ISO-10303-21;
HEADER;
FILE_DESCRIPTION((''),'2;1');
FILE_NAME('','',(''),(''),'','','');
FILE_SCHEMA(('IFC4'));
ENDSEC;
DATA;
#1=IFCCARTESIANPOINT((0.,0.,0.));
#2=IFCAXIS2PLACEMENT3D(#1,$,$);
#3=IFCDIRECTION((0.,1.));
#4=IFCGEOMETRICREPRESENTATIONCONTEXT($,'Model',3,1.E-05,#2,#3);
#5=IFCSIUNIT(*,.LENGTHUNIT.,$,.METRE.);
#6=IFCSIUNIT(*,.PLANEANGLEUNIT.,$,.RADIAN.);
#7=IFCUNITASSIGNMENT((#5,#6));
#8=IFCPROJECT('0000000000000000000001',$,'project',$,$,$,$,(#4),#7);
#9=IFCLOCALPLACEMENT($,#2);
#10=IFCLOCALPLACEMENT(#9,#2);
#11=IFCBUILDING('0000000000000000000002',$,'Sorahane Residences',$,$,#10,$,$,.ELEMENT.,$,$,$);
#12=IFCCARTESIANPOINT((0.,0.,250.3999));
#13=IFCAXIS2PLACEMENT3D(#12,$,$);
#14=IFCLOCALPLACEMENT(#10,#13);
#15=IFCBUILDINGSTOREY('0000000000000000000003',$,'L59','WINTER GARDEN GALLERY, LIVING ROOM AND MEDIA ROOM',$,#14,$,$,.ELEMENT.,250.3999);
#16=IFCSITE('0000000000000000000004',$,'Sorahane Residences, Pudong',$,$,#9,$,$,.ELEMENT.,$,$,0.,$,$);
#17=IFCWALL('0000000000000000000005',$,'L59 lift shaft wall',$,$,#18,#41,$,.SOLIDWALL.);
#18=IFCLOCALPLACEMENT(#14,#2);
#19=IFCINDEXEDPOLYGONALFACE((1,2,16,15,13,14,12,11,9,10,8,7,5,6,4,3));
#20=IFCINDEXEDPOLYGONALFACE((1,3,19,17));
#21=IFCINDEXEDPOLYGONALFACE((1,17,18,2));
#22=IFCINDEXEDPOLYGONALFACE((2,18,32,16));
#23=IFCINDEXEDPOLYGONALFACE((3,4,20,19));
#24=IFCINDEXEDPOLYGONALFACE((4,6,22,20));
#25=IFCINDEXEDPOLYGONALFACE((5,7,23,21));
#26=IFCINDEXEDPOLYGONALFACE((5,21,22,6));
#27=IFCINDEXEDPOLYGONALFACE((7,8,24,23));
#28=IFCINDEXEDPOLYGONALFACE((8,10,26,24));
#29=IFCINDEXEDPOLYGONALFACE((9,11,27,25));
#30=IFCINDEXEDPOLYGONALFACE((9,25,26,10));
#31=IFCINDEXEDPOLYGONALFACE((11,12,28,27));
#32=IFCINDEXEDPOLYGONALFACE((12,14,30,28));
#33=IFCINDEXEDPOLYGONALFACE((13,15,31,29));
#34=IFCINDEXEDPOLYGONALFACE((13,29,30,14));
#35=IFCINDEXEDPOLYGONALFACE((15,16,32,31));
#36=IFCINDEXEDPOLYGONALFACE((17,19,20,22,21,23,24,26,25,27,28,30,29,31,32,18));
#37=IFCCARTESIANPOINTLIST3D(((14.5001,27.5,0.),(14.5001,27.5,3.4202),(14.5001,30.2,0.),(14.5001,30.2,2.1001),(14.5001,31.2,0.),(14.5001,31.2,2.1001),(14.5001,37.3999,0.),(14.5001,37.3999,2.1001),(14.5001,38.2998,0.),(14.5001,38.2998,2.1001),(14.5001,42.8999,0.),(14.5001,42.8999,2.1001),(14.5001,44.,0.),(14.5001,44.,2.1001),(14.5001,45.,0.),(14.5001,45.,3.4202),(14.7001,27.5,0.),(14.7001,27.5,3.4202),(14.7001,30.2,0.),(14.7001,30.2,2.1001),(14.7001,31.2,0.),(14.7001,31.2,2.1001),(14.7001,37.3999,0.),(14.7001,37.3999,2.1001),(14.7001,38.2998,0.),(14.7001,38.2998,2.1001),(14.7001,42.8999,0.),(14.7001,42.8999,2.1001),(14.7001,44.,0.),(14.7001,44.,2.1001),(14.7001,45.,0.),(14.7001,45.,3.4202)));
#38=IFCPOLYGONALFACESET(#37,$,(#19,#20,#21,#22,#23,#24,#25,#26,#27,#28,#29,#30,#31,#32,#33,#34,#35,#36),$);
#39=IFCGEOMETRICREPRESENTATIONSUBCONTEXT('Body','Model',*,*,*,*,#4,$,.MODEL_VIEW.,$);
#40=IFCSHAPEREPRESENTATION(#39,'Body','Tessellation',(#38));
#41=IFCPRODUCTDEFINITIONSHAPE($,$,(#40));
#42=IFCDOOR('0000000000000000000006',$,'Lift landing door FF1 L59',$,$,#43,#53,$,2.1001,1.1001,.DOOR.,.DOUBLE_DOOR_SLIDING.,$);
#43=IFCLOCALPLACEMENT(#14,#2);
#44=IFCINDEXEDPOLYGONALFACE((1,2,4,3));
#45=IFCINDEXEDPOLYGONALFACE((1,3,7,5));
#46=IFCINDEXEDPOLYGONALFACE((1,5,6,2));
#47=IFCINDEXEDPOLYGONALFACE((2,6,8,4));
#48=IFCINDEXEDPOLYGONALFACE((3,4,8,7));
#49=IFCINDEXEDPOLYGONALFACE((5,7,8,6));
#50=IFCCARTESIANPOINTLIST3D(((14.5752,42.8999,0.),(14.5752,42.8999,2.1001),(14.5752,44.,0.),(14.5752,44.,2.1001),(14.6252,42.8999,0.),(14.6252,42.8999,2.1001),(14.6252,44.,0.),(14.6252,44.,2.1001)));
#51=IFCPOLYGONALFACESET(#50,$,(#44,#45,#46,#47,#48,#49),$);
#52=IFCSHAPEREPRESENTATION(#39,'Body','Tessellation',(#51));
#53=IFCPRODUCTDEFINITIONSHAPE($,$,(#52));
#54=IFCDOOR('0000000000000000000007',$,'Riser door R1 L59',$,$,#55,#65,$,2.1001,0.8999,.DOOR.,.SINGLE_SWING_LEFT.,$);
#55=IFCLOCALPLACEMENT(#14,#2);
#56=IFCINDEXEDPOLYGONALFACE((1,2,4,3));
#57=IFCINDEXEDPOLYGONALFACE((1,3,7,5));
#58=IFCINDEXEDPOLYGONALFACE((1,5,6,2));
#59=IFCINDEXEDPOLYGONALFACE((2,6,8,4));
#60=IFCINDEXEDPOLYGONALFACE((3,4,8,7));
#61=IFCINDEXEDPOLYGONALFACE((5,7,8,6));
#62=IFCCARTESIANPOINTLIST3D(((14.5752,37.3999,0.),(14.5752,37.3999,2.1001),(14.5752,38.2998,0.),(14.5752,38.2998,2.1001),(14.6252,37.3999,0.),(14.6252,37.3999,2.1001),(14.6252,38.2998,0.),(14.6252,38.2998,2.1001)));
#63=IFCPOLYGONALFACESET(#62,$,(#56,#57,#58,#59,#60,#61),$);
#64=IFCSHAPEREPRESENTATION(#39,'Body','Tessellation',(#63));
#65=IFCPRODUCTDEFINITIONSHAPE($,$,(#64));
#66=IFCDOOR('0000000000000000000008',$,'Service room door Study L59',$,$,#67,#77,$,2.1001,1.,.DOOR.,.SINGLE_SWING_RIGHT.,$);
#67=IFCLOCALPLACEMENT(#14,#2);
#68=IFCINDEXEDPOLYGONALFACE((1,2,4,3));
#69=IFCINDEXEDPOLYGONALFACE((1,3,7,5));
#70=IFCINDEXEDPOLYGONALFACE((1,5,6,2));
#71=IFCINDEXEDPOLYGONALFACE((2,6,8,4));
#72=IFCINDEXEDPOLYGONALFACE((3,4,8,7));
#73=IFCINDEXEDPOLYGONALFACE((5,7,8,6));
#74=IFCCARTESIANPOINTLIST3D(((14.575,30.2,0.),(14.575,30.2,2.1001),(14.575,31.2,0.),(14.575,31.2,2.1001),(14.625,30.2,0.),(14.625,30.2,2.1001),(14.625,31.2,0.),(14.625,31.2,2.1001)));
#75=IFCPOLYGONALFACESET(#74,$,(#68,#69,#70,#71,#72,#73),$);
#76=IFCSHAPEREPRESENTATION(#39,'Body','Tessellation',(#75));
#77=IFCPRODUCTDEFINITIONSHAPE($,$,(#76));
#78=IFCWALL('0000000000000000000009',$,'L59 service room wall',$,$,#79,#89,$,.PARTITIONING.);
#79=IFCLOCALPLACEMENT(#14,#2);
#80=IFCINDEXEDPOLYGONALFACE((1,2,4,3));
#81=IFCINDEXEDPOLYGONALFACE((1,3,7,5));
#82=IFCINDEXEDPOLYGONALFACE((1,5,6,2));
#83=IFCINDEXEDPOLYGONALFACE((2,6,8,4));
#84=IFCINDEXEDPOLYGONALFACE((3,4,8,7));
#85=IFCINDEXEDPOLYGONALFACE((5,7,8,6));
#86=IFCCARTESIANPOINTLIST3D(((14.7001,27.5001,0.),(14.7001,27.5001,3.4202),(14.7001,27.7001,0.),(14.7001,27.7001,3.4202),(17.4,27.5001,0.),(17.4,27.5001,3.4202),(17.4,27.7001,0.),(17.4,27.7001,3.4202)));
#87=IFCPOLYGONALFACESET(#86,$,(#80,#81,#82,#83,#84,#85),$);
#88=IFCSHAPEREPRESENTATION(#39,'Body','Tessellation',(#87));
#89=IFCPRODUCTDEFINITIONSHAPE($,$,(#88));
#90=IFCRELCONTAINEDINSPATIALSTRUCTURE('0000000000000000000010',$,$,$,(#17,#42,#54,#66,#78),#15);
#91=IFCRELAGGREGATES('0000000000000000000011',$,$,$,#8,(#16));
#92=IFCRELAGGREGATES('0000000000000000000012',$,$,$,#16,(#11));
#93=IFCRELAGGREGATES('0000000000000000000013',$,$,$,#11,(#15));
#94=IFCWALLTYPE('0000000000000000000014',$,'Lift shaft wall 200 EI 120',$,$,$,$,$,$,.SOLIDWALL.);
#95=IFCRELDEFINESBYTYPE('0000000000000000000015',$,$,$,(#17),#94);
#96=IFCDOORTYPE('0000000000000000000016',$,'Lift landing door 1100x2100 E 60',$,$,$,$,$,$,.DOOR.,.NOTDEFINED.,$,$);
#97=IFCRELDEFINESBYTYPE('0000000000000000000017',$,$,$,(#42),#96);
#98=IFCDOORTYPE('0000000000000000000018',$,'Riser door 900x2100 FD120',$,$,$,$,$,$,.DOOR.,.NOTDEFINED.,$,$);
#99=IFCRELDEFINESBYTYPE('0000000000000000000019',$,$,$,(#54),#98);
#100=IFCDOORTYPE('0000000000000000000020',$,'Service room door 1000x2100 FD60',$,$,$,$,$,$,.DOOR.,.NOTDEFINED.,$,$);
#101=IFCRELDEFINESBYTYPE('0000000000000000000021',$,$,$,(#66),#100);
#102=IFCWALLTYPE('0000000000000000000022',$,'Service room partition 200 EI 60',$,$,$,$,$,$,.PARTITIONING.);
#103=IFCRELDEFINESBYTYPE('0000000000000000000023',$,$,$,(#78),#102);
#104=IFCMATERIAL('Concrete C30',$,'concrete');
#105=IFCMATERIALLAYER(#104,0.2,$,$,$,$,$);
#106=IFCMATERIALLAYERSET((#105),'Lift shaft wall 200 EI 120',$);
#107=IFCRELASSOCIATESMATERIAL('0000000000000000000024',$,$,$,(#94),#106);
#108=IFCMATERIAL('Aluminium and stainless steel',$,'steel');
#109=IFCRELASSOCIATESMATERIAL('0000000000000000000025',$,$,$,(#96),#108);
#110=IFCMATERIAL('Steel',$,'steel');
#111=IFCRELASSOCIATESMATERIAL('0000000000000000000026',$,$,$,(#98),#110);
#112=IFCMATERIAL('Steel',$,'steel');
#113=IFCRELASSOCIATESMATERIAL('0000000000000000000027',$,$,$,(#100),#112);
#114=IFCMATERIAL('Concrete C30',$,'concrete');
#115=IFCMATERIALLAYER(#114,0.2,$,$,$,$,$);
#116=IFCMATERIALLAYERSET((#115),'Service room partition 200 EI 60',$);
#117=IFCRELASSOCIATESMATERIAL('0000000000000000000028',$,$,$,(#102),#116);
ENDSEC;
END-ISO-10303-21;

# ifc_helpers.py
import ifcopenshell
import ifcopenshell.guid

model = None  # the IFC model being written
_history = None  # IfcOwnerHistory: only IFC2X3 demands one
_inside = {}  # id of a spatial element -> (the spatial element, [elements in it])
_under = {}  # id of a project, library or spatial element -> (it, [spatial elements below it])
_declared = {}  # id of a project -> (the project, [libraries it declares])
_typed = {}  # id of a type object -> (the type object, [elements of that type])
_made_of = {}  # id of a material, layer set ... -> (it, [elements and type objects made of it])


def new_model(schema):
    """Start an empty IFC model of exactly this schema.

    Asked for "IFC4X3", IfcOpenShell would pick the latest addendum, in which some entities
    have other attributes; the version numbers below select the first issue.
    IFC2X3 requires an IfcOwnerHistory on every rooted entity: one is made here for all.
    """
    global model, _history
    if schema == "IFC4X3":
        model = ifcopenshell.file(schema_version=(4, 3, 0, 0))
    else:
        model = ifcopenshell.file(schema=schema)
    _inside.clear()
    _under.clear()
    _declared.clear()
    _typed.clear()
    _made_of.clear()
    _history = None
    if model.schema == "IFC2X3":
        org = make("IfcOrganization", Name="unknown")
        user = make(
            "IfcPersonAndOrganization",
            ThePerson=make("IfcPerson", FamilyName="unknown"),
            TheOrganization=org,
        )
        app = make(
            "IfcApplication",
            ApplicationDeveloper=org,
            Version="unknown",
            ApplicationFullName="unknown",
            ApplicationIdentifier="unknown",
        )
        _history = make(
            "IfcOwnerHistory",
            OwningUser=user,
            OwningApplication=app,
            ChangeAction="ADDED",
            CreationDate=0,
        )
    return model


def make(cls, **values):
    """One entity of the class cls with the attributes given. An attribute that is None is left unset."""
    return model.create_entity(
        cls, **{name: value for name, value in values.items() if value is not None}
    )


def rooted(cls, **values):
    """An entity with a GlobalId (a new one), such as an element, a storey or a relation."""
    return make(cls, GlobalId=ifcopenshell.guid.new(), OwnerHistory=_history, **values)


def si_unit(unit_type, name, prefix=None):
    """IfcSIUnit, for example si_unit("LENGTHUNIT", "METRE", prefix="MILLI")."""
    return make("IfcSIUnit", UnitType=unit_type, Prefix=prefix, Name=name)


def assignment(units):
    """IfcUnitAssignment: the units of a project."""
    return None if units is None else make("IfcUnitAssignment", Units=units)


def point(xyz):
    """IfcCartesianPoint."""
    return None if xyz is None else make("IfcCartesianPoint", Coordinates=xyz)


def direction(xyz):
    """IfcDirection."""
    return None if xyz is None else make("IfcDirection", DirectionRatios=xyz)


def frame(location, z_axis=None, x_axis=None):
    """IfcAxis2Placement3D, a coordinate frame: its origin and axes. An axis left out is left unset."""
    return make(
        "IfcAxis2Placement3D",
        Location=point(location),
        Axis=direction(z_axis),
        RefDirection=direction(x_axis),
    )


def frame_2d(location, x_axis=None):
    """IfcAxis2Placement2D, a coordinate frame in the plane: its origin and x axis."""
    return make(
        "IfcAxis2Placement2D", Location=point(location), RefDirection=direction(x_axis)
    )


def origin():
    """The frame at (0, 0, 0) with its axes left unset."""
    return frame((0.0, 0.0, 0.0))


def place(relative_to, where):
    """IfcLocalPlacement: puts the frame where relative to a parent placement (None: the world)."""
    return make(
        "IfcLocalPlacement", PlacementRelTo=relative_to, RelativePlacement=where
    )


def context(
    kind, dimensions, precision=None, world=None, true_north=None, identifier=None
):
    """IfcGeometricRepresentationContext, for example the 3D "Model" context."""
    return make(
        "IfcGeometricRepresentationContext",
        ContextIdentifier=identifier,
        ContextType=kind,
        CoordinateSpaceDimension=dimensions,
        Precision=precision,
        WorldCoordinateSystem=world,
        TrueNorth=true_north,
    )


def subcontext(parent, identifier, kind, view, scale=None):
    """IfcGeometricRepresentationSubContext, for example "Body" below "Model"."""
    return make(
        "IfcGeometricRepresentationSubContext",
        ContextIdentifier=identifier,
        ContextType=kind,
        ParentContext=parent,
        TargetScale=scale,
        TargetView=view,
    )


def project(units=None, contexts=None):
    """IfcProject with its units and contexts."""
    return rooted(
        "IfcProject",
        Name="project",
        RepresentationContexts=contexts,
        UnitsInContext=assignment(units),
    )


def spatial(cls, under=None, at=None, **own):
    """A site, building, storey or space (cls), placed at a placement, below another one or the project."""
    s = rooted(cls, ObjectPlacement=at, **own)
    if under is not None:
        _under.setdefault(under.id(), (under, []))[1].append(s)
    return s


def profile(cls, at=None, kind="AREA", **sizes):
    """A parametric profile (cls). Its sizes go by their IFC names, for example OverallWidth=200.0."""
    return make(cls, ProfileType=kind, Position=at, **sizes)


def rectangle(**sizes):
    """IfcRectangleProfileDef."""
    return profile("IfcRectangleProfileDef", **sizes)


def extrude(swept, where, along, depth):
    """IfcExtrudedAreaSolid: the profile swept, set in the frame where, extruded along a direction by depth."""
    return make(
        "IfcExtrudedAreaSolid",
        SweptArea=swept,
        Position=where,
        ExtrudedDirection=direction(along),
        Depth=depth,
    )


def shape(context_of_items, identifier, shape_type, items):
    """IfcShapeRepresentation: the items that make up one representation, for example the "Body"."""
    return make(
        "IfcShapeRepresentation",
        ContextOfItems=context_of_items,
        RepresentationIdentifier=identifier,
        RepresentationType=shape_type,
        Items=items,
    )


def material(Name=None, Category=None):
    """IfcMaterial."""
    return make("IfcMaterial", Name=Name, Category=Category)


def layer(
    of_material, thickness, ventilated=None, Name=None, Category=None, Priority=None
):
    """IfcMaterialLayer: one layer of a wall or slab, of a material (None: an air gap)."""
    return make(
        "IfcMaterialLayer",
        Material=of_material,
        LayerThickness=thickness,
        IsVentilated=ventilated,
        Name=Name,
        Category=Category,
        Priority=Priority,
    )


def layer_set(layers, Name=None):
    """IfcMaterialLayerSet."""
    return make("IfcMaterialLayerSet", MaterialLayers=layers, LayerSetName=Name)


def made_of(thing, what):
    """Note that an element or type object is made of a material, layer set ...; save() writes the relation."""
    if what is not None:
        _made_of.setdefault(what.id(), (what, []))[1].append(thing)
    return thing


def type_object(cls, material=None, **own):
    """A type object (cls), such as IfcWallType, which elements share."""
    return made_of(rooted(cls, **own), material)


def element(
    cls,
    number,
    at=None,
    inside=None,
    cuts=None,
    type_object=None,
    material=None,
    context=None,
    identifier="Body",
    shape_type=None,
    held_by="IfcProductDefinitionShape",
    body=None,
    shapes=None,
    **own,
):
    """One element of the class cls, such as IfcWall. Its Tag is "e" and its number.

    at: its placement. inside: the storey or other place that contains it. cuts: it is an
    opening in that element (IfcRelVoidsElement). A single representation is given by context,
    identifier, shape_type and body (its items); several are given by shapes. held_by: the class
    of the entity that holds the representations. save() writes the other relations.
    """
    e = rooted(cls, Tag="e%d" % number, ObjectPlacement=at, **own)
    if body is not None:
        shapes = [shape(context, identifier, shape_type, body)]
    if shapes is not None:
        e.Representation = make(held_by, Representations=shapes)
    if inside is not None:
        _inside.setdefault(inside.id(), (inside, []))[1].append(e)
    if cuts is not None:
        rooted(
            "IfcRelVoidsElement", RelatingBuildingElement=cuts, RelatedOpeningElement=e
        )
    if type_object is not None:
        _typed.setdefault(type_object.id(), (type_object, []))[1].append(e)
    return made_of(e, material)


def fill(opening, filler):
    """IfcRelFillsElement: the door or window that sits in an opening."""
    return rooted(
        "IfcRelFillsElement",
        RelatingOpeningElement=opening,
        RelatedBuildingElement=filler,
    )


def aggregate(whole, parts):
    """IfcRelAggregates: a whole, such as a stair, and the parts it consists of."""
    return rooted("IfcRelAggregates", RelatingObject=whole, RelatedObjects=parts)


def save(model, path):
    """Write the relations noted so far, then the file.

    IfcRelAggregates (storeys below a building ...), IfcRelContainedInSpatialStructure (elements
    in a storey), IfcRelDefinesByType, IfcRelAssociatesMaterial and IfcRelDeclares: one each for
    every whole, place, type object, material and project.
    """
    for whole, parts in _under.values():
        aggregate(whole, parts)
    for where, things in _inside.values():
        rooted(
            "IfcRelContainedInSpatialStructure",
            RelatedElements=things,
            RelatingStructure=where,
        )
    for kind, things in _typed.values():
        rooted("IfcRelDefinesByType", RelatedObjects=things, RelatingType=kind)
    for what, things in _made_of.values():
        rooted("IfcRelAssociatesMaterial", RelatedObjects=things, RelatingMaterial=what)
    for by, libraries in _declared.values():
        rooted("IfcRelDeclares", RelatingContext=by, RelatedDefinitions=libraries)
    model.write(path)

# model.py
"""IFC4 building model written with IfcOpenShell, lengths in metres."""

from ifc_helpers import new_model, si_unit, direction, frame, frame_2d, origin, place, context, subcontext, project, spatial, rectangle, extrude, material, layer, layer_set, type_object, element, fill, save


model = new_model("IFC4")

# Units and contexts
model_context = context("Model", 3, precision=1e-05, world=origin(), true_north=direction((0.0, 1.0)))
body_context = subcontext(model_context, "Body", "Model", "MODEL_VIEW")
ifc_project = project(units=[si_unit("LENGTHUNIT", "METRE"), si_unit("PLANEANGLEUNIT", "RADIAN")], contexts=[model_context])

# Site, building, storey
site_placement = place(None, origin())
site = spatial("IfcSite", under=ifc_project, at=site_placement, Name="Sorahane Residences, Pudong", CompositionType="ELEMENT", RefElevation=0.0)
building_placement = place(site_placement, origin())
building = spatial("IfcBuilding", under=site, at=building_placement, Name="Sorahane Residences", CompositionType="ELEMENT")
storey_placement = place(building_placement, frame((0.0, 0.0, 250.3999)))
storey = spatial("IfcBuildingStorey", under=building, at=storey_placement, Name="L59", Description="WINTER GARDEN GALLERY, LIVING ROOM AND MEDIA ROOM", CompositionType="ELEMENT", Elevation=250.3999)

# Wall, openings, doors
ifc_material_1 = material(Name="Concrete C30", Category="concrete")
ifc_layer_1 = layer(ifc_material_1, 0.2)
ifc_layer_set_1 = layer_set([ifc_layer_1], Name="Lift shaft wall 200 EI 120")
wall_type_1 = type_object("IfcWallType", Name="Lift shaft wall 200 EI 120", PredefinedType="SOLIDWALL", material=ifc_layer_set_1)
wall_1_placement = place(storey_placement, frame((14.6001, 27.5, 0.0), z_axis=(0.0, 0.0, 1.0), x_axis=(0.0, 1.0, 0.0)))
wall_1 = element("IfcWall", 1, at=wall_1_placement, inside=storey, type_object=wall_type_1, Name="L59 lift shaft wall", PredefinedType="SOLIDWALL", context=body_context, shape_type="SweptSolid", body=[
    extrude(rectangle(XDim=17.5, YDim=0.2, at=frame_2d((8.75, 0.0))), origin(), (0.0, 0.0, 1.0), 3.4202),
])
opening_1_placement = place(wall_1_placement, frame((15.3999, 0.0, 0.0)))
opening_1 = element("IfcOpeningElement", 2, at=opening_1_placement, cuts=wall_1, PredefinedType="OPENING", context=body_context, shape_type="SweptSolid", body=[
    extrude(rectangle(XDim=1.1001, YDim=2.1001, at=frame_2d((0.55, 1.05))), frame((0.0, 0.1099, 0.0), z_axis=(0.0, -1.0, 0.0), x_axis=(1.0, 0.0, 0.0)), (0.0, 0.0, 1.0), 0.22),
])
opening_2_placement = place(wall_1_placement, frame((2.7, 0.0, 0.0)))
opening_2 = element("IfcOpeningElement", 3, at=opening_2_placement, cuts=wall_1, PredefinedType="OPENING", context=body_context, shape_type="SweptSolid", body=[
    extrude(rectangle(XDim=1.0, YDim=2.1001, at=frame_2d((0.5, 1.05))), frame((0.0, 0.1099, 0.0), z_axis=(0.0, -1.0, 0.0), x_axis=(1.0, 0.0, 0.0)), (0.0, 0.0, 1.0), 0.22),
])
opening_3_placement = place(wall_1_placement, frame((9.8999, 0.0, 0.0)))
opening_3 = element("IfcOpeningElement", 4, at=opening_3_placement, cuts=wall_1, PredefinedType="OPENING", context=body_context, shape_type="SweptSolid", body=[
    extrude(rectangle(XDim=0.8999, YDim=2.1001, at=frame_2d((0.45, 1.05))), frame((0.0, 0.1099, 0.0), z_axis=(0.0, -1.0, 0.0), x_axis=(1.0, 0.0, 0.0)), (0.0, 0.0, 1.0), 0.22),
])
ifc_material_2 = material(Name="Aluminium and stainless steel", Category="steel")
door_type_1 = type_object("IfcDoorType", Name="Lift landing door 1100x2100 E 60", OperationType="NOTDEFINED", PredefinedType="DOOR", material=ifc_material_2)
door_1_placement = place(opening_1_placement, origin())
door_1 = element("IfcDoor", 5, at=door_1_placement, inside=storey, type_object=door_type_1, Name="Lift landing door FF1 L59", OperationType="DOUBLE_DOOR_SLIDING", OverallHeight=2.1001, OverallWidth=1.1001, PredefinedType="DOOR", context=body_context, shape_type="SweptSolid", body=[
    extrude(rectangle(XDim=1.1001, YDim=2.1001, at=frame_2d((0.55, 1.05))), frame((0.0, 0.0249, 0.0), z_axis=(0.0, -1.0, 0.0), x_axis=(1.0, 0.0, 0.0)), (0.0, 0.0, 1.0), 0.05),
])
fill(opening_1, door_1)
ifc_material_3 = material(Name="Steel", Category="steel")
door_type_2 = type_object("IfcDoorType", Name="Riser door 900x2100 FD120", OperationType="NOTDEFINED", PredefinedType="DOOR", material=ifc_material_3)
door_2_placement = place(opening_3_placement, origin())
door_2 = element("IfcDoor", 6, at=door_2_placement, inside=storey, type_object=door_type_2, Name="Riser door R1 L59", OperationType="SINGLE_SWING_LEFT", OverallHeight=2.1001, OverallWidth=0.8999, PredefinedType="DOOR", context=body_context, shape_type="SweptSolid", body=[
    extrude(rectangle(XDim=0.8999, YDim=2.1001, at=frame_2d((0.45, 1.05))), frame((0.0, 0.0249, 0.0), z_axis=(0.0, -1.0, 0.0), x_axis=(1.0, 0.0, 0.0)), (0.0, 0.0, 1.0), 0.05),
])
fill(opening_3, door_2)
ifc_material_4 = material(Name="Steel", Category="steel")
door_type_3 = type_object("IfcDoorType", Name="Service room door 1000x2100 FD60", OperationType="NOTDEFINED", PredefinedType="DOOR", material=ifc_material_4)
door_3_placement = place(opening_2_placement, frame((1.0, 0.0, 0.0), z_axis=(0.0, 0.0, 1.0), x_axis=(-1.0, 0.0, 0.0)))
door_3 = element("IfcDoor", 7, at=door_3_placement, inside=storey, type_object=door_type_3, Name="Service room door Study L59", OperationType="SINGLE_SWING_RIGHT", OverallHeight=2.1001, OverallWidth=1.0, PredefinedType="DOOR", context=body_context, shape_type="SweptSolid", body=[
    extrude(rectangle(XDim=1.0, YDim=2.1001, at=frame_2d((0.5, 1.05))), frame((0.0, 0.0249, 0.0), z_axis=(0.0, -1.0, 0.0), x_axis=(1.0, 0.0, 0.0)), (0.0, 0.0, 1.0), 0.05),
])
fill(opening_2, door_3)

# Wall
ifc_material_5 = material(Name="Concrete C30", Category="concrete")
ifc_layer_2 = layer(ifc_material_5, 0.2)
ifc_layer_set_2 = layer_set([ifc_layer_2], Name="Service room partition 200 EI 60")
wall_type_2 = type_object("IfcWallType", Name="Service room partition 200 EI 60", PredefinedType="PARTITIONING", material=ifc_layer_set_2)
wall_2_placement = place(storey_placement, frame((14.7, 27.6001, 0.0), z_axis=(0.0, 0.0, 1.0), x_axis=(1.0, 0.0, 0.0)))
element("IfcWall", 8, at=wall_2_placement, inside=storey, type_object=wall_type_2, Name="L59 service room wall", PredefinedType="PARTITIONING", context=body_context, shape_type="SweptSolid", body=[
    extrude(rectangle(XDim=2.7, YDim=0.2, at=frame_2d((1.3501, 0.0))), origin(), (0.0, 0.0, 1.0), 3.4202),
])

save(model, "model.ifc")
